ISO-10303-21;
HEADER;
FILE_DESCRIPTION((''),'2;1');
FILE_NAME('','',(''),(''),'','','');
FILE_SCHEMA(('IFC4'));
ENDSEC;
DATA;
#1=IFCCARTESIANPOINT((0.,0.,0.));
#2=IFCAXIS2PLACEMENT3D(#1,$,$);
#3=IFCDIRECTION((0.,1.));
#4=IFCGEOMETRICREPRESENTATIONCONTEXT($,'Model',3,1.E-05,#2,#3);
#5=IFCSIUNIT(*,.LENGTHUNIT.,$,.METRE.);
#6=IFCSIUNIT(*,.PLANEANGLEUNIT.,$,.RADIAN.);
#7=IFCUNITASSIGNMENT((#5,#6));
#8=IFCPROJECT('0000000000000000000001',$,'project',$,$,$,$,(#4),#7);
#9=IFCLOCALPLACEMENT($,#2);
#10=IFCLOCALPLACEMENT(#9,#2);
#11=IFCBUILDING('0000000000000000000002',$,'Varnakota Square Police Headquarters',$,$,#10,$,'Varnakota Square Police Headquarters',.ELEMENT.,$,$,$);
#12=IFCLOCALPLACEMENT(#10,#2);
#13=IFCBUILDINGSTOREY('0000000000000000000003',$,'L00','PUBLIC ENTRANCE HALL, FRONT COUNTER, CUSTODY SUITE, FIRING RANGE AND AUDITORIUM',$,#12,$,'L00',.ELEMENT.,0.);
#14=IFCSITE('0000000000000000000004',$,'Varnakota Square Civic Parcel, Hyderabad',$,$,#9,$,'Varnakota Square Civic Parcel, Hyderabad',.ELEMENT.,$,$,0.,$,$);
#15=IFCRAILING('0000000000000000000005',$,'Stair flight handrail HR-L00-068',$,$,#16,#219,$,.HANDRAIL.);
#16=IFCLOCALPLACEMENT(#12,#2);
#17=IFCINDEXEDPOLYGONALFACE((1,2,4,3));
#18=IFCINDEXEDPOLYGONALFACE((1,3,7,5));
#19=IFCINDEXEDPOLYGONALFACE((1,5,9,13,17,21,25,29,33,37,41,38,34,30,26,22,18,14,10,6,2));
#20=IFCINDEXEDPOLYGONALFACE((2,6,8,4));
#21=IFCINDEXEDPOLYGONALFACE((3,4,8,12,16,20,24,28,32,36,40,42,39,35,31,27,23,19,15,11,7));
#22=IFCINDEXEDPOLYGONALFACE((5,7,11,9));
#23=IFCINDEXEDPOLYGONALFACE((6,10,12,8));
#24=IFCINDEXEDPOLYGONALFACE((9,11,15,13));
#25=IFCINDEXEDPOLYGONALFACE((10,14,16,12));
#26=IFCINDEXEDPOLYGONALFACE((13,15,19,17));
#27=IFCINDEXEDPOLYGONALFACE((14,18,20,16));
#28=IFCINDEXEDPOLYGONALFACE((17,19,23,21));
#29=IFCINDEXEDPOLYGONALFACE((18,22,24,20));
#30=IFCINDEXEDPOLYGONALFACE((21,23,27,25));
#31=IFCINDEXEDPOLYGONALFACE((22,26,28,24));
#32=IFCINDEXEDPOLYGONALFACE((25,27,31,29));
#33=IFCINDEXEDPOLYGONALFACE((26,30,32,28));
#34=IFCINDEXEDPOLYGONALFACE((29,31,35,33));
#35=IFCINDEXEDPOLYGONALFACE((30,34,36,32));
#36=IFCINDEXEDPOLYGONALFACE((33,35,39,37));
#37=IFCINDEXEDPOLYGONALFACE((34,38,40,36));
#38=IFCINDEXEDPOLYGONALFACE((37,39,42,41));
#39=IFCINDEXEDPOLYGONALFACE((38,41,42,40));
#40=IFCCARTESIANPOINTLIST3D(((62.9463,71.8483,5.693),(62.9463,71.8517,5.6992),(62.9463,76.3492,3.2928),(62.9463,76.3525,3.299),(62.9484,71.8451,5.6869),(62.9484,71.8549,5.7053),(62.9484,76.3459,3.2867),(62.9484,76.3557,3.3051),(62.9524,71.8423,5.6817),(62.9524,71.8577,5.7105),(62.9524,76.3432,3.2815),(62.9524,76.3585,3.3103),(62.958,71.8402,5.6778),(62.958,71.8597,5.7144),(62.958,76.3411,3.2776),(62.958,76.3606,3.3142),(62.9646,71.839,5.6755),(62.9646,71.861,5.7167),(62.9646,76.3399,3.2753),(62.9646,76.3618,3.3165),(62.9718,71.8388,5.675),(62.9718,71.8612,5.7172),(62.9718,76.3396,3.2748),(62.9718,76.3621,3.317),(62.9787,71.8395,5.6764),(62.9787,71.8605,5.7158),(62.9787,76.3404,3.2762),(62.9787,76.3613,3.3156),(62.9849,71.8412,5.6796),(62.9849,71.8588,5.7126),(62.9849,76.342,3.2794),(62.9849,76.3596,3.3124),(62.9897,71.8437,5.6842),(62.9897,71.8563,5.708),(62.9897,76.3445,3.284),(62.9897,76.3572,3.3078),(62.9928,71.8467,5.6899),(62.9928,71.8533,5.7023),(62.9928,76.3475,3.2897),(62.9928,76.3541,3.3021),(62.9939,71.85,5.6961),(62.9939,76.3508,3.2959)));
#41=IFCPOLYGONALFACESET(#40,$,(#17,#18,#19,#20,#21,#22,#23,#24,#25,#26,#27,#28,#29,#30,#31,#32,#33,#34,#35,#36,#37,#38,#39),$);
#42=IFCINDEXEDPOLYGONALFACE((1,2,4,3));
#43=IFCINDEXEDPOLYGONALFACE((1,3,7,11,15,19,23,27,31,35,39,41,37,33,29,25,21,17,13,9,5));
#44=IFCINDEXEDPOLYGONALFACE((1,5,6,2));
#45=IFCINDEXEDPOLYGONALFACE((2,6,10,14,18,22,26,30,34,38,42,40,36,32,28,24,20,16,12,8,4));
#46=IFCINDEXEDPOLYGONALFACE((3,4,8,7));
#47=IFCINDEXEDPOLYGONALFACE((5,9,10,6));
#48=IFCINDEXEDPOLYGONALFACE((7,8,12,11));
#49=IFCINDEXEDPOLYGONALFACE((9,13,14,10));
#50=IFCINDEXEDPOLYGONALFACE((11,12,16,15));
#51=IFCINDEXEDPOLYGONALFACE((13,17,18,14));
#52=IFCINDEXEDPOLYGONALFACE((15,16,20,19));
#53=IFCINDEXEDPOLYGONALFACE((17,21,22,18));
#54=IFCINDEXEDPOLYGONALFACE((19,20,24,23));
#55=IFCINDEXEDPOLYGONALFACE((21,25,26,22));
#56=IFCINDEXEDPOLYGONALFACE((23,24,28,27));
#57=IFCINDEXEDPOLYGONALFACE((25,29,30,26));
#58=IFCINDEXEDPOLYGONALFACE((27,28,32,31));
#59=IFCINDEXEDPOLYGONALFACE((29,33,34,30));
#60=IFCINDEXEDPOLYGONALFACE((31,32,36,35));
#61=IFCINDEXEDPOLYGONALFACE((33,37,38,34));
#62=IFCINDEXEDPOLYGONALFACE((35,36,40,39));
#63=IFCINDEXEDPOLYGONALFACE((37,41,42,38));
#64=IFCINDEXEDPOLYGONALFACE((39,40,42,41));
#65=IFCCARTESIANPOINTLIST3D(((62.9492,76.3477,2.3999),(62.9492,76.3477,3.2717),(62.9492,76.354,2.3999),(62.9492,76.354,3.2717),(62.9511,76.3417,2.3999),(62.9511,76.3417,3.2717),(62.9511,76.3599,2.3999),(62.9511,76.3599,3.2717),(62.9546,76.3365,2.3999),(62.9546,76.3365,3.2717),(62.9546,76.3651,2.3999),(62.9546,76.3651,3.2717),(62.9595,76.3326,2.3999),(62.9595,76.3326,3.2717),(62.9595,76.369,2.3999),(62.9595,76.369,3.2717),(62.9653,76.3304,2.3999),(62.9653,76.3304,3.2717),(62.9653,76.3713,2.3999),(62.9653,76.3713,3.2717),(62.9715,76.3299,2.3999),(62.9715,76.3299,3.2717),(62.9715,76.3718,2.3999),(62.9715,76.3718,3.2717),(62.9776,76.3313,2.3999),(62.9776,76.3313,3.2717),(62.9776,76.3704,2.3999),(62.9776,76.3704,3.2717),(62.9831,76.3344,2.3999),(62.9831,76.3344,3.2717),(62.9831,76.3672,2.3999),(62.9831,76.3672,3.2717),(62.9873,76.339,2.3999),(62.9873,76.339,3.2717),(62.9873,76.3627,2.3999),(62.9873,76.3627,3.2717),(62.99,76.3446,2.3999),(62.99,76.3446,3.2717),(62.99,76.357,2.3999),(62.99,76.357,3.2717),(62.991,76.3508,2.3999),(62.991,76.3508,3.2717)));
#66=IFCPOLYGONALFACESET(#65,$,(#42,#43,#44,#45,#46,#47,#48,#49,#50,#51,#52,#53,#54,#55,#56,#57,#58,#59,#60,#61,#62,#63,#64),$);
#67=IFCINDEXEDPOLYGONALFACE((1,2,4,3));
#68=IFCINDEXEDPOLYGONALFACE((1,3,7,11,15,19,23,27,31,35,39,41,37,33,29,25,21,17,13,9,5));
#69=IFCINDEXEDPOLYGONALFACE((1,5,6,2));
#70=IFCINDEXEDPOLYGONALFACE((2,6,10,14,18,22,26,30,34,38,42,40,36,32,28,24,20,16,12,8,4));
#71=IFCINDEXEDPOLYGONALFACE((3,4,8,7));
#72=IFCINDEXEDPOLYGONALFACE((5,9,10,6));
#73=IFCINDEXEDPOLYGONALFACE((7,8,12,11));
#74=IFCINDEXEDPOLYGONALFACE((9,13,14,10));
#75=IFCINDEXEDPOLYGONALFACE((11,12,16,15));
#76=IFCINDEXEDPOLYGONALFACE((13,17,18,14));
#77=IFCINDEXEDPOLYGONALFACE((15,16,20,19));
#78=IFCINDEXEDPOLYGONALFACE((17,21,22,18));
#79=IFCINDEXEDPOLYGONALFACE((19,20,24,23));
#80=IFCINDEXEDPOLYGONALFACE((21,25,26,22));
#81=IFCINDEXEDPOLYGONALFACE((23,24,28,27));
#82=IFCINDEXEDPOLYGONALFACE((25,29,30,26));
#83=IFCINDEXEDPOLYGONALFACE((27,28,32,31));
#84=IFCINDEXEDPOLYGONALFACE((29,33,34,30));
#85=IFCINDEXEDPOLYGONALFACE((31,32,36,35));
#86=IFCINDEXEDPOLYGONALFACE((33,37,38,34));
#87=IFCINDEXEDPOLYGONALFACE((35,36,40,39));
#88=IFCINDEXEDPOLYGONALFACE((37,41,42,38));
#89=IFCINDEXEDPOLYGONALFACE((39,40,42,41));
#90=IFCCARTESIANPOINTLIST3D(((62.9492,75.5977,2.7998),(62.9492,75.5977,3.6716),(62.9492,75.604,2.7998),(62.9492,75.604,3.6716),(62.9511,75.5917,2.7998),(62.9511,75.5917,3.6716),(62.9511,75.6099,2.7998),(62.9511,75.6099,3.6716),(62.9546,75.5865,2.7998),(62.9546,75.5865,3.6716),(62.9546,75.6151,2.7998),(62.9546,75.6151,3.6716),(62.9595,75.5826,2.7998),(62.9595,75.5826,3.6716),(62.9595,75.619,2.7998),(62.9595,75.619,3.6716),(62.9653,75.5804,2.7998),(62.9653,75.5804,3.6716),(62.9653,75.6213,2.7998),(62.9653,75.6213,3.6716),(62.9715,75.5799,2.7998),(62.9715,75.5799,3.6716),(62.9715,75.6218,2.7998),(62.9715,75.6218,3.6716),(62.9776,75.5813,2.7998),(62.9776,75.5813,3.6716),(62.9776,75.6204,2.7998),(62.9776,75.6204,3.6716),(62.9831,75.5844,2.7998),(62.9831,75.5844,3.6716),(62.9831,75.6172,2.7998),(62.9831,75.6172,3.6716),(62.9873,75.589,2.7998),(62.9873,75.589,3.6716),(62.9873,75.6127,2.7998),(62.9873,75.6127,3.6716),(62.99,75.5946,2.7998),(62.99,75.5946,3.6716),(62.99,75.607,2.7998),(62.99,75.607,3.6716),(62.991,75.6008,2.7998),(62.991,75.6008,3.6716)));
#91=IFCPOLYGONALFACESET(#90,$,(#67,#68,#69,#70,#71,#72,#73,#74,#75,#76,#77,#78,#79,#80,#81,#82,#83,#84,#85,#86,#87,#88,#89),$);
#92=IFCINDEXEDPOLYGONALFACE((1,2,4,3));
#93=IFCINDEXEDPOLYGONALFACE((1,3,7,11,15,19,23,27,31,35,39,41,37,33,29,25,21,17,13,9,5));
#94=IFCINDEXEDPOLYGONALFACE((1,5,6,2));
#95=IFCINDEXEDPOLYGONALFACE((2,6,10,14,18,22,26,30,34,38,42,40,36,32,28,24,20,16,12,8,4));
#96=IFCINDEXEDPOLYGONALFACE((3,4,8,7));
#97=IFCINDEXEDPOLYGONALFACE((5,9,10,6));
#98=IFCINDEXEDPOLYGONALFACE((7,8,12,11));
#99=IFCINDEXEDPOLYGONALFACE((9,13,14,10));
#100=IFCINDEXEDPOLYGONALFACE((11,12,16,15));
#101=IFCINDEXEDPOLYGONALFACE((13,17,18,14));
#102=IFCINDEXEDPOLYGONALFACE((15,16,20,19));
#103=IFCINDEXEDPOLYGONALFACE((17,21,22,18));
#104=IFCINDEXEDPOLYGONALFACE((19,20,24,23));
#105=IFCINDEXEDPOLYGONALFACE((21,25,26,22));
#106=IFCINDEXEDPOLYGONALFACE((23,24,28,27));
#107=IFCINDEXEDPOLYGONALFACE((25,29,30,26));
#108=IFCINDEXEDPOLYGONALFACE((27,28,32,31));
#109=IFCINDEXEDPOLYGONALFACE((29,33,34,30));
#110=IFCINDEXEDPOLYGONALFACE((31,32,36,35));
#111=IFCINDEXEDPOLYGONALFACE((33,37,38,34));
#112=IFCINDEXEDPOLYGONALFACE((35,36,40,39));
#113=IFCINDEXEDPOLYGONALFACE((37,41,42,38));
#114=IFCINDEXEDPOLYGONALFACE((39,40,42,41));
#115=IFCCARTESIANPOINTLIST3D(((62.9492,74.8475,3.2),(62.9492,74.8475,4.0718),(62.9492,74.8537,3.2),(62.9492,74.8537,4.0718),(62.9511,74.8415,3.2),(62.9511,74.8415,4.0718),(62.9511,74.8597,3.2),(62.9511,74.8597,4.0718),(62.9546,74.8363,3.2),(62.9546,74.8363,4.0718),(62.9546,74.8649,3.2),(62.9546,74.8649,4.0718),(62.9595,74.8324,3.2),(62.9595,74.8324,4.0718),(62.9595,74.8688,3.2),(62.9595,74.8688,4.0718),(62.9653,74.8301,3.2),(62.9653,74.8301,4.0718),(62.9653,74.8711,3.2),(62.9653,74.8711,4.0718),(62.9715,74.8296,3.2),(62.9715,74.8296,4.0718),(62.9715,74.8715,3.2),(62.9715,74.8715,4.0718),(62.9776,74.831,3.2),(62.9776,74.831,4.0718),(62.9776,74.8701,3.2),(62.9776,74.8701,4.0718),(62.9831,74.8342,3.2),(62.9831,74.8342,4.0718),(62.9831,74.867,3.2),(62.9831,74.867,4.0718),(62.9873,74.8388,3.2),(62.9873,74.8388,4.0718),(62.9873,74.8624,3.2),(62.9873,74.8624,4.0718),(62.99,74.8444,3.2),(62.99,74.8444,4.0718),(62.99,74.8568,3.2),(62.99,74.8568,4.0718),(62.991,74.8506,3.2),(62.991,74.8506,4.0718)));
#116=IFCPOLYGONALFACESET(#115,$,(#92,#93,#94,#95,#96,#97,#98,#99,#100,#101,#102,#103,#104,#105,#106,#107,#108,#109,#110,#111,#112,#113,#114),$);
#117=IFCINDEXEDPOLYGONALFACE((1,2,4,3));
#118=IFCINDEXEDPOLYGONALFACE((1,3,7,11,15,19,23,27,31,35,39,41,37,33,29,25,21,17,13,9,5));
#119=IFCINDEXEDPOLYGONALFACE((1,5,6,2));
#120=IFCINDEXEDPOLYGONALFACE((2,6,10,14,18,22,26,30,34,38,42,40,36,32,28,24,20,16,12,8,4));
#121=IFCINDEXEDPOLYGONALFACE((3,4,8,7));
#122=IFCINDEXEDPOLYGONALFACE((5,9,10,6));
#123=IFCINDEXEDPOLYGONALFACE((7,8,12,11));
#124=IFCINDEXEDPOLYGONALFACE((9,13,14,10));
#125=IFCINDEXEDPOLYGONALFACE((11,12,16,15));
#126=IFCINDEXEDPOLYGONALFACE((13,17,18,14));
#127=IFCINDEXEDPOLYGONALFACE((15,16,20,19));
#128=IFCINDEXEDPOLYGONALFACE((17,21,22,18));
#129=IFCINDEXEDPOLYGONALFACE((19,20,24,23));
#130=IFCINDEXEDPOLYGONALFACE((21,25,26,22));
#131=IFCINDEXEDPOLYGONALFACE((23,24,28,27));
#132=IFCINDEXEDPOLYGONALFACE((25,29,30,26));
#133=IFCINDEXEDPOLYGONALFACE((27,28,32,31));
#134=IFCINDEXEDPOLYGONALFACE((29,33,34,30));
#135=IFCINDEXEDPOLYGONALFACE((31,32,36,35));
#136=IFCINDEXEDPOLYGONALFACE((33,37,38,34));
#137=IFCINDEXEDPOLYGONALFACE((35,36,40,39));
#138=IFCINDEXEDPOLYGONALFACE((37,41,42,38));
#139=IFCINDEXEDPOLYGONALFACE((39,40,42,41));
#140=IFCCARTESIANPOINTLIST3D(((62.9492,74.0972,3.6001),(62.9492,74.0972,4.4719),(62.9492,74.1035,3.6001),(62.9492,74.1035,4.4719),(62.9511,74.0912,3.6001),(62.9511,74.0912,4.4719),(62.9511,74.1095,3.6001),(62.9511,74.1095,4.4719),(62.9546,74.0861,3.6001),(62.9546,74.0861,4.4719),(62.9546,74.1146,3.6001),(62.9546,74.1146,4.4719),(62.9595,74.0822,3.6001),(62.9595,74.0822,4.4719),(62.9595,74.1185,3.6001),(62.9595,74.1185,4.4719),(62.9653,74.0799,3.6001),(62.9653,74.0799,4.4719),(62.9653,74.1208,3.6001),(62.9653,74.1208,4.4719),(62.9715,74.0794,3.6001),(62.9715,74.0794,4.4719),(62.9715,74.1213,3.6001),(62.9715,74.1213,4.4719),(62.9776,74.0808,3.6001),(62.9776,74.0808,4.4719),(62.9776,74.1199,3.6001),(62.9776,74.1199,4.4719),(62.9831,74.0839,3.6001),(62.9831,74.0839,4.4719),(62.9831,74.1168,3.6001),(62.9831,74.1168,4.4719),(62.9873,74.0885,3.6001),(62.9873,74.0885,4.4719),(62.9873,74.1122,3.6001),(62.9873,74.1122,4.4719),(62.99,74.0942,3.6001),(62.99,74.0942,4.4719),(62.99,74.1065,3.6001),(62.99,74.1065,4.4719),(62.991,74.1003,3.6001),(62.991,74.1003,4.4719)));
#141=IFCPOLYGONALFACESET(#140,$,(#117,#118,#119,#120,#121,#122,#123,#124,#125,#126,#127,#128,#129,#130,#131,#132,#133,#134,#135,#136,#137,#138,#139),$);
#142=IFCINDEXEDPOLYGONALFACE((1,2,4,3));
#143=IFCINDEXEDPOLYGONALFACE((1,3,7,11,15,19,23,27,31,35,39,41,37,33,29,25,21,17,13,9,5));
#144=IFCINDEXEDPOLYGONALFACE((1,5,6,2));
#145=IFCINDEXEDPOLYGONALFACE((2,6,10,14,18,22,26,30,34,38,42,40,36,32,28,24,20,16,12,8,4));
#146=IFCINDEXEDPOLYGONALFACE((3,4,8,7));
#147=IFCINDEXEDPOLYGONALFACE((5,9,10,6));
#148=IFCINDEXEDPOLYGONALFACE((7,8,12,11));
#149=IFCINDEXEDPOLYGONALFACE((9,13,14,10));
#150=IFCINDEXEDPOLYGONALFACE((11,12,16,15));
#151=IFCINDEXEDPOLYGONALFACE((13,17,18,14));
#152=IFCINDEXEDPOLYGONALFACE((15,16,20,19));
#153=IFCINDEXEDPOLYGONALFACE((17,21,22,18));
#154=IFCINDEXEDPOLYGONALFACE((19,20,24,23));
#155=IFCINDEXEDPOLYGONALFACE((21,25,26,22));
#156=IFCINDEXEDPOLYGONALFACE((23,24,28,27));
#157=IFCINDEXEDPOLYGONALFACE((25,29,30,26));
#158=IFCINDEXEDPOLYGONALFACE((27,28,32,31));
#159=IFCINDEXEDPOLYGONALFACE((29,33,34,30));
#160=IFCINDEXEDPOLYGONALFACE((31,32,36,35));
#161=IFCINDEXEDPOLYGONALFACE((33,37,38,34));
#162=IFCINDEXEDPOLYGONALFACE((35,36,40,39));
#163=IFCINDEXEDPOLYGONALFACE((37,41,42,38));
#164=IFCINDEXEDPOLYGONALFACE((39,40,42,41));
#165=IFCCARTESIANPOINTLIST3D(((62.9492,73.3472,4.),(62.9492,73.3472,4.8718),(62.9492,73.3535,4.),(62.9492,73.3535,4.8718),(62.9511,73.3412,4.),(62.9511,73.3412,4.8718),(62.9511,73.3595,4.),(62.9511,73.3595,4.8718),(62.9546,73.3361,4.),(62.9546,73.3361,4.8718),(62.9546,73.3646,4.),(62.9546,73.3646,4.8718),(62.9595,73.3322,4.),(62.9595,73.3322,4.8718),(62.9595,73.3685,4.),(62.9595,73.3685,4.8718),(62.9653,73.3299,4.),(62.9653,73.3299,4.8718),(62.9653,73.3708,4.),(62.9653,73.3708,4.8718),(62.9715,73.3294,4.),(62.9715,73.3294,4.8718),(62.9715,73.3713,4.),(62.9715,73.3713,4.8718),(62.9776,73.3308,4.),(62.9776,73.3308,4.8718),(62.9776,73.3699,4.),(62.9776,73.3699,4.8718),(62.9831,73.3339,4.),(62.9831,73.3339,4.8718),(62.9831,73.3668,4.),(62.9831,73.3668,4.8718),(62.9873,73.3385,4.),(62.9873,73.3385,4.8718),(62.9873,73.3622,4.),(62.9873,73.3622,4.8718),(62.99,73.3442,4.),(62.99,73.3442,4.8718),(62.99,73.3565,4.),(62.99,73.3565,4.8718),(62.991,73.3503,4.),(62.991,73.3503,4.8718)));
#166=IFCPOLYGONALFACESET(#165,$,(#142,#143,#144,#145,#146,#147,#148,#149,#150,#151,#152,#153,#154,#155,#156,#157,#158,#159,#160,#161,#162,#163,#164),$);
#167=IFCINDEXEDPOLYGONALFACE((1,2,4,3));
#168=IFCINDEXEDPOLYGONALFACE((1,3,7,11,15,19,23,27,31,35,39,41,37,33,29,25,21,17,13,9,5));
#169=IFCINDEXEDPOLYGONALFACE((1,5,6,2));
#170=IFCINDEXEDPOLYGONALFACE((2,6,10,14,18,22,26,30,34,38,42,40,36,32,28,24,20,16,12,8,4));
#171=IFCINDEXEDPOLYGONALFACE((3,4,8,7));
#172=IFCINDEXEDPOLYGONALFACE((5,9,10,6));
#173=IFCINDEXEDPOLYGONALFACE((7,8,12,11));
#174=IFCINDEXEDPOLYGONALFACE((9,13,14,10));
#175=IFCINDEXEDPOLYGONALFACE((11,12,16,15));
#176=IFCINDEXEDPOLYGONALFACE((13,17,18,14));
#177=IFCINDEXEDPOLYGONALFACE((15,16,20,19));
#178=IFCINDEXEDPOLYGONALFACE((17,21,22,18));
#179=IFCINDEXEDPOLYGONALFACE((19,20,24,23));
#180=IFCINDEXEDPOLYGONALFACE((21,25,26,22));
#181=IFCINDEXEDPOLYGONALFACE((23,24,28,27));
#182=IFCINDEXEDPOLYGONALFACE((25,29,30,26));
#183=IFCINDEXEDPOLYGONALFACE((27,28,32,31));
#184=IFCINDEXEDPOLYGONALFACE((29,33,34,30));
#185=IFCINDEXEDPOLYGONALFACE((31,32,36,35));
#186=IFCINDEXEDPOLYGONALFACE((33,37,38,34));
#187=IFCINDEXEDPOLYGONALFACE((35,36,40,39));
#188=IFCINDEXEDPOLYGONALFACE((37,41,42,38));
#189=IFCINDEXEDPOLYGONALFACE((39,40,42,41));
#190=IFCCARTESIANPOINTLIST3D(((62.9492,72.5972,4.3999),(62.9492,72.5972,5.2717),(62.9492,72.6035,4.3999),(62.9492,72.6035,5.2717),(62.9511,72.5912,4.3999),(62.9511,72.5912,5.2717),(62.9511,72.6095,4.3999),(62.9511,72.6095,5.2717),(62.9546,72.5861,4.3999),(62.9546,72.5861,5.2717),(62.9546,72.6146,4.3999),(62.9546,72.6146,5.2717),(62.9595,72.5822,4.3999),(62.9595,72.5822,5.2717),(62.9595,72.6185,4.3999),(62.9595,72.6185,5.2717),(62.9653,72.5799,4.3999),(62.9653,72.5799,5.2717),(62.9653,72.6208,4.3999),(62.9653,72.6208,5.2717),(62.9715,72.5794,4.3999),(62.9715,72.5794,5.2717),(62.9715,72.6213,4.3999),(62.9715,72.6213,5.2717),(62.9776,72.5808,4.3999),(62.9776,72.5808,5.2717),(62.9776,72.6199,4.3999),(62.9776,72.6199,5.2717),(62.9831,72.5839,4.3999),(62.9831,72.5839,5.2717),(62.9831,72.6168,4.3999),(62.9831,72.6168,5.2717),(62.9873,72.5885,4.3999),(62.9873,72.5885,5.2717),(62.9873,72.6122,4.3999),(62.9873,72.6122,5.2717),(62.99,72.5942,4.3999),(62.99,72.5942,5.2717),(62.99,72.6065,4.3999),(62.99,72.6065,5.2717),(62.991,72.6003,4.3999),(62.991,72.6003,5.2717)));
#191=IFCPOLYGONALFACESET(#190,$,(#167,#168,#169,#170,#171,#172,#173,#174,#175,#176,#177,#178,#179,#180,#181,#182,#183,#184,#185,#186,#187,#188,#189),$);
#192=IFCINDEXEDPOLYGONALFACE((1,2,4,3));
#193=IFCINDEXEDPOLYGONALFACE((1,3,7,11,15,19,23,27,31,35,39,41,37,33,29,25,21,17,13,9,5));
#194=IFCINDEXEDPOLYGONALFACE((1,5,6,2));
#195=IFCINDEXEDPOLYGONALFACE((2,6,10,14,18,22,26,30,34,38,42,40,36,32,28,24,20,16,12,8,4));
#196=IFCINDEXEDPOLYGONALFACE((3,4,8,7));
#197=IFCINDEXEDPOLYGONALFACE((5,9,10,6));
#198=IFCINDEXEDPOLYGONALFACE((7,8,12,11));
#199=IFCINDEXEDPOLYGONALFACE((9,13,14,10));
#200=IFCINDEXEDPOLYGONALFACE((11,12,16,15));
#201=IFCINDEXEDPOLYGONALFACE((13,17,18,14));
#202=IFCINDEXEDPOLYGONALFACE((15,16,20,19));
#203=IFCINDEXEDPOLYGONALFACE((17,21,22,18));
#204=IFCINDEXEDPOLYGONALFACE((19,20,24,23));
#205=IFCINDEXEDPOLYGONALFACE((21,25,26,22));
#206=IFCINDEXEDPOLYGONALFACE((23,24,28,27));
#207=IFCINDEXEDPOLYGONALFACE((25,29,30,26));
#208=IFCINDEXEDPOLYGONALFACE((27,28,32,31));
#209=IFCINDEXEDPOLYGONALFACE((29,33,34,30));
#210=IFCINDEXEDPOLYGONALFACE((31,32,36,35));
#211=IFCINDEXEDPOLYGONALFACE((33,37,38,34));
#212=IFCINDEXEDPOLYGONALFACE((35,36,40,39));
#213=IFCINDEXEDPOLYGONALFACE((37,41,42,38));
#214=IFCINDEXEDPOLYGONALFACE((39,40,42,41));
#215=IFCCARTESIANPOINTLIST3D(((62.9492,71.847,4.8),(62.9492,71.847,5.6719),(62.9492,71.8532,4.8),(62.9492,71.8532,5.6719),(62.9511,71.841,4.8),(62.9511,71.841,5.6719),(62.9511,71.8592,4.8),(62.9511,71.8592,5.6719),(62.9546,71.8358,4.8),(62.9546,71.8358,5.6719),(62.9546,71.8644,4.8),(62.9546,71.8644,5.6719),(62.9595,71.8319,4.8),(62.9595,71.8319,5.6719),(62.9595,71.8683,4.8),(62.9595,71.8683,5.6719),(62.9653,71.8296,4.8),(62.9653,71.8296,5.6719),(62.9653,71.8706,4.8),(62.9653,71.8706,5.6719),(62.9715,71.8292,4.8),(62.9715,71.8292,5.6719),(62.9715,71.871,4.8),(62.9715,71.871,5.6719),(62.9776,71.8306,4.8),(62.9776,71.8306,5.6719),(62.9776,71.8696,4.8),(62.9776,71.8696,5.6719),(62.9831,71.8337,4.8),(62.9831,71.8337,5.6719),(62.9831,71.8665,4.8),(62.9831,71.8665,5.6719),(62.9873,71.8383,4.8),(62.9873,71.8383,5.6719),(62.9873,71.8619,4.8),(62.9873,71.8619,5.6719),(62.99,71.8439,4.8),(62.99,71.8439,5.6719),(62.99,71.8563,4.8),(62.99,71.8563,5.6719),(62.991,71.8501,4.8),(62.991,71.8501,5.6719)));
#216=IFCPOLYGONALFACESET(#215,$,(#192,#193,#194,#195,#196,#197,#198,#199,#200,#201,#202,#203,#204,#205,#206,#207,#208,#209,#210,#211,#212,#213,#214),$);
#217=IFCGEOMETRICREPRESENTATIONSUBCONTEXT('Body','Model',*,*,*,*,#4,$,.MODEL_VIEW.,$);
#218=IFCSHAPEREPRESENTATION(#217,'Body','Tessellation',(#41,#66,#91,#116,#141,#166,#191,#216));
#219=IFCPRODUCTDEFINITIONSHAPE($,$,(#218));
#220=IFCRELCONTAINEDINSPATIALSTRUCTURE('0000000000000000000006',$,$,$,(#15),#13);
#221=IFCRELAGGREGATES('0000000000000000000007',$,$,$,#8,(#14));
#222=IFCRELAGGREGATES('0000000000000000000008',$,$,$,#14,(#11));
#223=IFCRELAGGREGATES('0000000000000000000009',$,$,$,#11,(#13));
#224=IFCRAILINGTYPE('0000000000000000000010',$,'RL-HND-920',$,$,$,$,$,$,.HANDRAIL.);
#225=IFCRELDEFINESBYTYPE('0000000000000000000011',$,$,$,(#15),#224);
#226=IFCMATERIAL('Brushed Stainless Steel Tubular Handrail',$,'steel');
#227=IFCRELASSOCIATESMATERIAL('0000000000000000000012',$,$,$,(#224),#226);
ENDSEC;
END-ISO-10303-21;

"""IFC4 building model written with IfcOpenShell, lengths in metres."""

from ifc_helpers import new_model, si_unit, direction, frame, origin, origin_2d, place, context, subcontext, project, spatial, circle, extrude, material, type_object, element, save


model = new_model("IFC4")

# Units and contexts
model_context = context("Model", 3, precision=1e-05, world=origin(), true_north=direction((0.0, 1.0)))
body_context = subcontext(model_context, "Body", "Model", "MODEL_VIEW")
ifc_project = project(units=[si_unit("LENGTHUNIT", "METRE"), si_unit("PLANEANGLEUNIT", "RADIAN")], contexts=[model_context])

# Site, building, storey
site_placement = place(None, origin())
site = spatial("IfcSite", under=ifc_project, at=site_placement, Name="Varnakota Square Civic Parcel, Hyderabad", LongName="Varnakota Square Civic Parcel, Hyderabad", CompositionType="ELEMENT", RefElevation=0.0)
building_placement = place(site_placement, origin())
building = spatial("IfcBuilding", under=site, at=building_placement, Name="Varnakota Square Police Headquarters", LongName="Varnakota Square Police Headquarters", CompositionType="ELEMENT")
storey_placement = place(building_placement, origin())
storey = spatial("IfcBuildingStorey", under=building, at=storey_placement, Name="L00", Description="PUBLIC ENTRANCE HALL, FRONT COUNTER, CUSTODY SUITE, FIRING RANGE AND AUDITORIUM", LongName="L00", CompositionType="ELEMENT", Elevation=0.0)

# Railing
ifc_material_1 = material(Name="Brushed Stainless Steel Tubular Handrail", Category="steel")
railing_type_1 = type_object("IfcRailingType", Name="RL-HND-920", PredefinedType="HANDRAIL", material=ifc_material_1)
railing_1_placement = place(storey_placement, frame((62.97, 76.3508, 2.3999)))
element("IfcRailing", 1, at=railing_1_placement, inside=storey, type_object=railing_type_1, Name="Stair flight handrail HR-L00-068", PredefinedType="HANDRAIL", context=body_context, shape_type="SweptSolid", body=[
    extrude(circle(Radius=0.0239, at=origin_2d()), frame((0.0, 0.0, 0.896), z_axis=(0.0, -0.882373, 0.470551), x_axis=(1.0, 0.0, 0.0)), (0.0, 0.0, 1.0), 5.1008),
    extrude(circle(Radius=0.021, at=origin_2d()), origin(), (0.0, 0.0, 1.0), 0.8718),
    extrude(circle(Radius=0.021, at=origin_2d()), frame((0.0, -0.75, 0.3999)), (0.0, 0.0, 1.0), 0.8718),
    extrude(circle(Radius=0.021, at=origin_2d()), frame((0.0, -1.5002, 0.8)), (0.0, 0.0, 1.0), 0.8718),
    extrude(circle(Radius=0.021, at=origin_2d()), frame((0.0, -2.2505, 1.2002)), (0.0, 0.0, 1.0), 0.8718),
    extrude(circle(Radius=0.021, at=origin_2d()), frame((0.0, -3.0005, 1.6001)), (0.0, 0.0, 1.0), 0.8718),
    extrude(circle(Radius=0.021, at=origin_2d()), frame((0.0, -3.7505, 2.0)), (0.0, 0.0, 1.0), 0.8718),
    extrude(circle(Radius=0.021, at=origin_2d()), frame((0.0, -4.5007, 2.4001)), (0.0, 0.0, 1.0), 0.8718),
])

save(model, "model.ifc")
